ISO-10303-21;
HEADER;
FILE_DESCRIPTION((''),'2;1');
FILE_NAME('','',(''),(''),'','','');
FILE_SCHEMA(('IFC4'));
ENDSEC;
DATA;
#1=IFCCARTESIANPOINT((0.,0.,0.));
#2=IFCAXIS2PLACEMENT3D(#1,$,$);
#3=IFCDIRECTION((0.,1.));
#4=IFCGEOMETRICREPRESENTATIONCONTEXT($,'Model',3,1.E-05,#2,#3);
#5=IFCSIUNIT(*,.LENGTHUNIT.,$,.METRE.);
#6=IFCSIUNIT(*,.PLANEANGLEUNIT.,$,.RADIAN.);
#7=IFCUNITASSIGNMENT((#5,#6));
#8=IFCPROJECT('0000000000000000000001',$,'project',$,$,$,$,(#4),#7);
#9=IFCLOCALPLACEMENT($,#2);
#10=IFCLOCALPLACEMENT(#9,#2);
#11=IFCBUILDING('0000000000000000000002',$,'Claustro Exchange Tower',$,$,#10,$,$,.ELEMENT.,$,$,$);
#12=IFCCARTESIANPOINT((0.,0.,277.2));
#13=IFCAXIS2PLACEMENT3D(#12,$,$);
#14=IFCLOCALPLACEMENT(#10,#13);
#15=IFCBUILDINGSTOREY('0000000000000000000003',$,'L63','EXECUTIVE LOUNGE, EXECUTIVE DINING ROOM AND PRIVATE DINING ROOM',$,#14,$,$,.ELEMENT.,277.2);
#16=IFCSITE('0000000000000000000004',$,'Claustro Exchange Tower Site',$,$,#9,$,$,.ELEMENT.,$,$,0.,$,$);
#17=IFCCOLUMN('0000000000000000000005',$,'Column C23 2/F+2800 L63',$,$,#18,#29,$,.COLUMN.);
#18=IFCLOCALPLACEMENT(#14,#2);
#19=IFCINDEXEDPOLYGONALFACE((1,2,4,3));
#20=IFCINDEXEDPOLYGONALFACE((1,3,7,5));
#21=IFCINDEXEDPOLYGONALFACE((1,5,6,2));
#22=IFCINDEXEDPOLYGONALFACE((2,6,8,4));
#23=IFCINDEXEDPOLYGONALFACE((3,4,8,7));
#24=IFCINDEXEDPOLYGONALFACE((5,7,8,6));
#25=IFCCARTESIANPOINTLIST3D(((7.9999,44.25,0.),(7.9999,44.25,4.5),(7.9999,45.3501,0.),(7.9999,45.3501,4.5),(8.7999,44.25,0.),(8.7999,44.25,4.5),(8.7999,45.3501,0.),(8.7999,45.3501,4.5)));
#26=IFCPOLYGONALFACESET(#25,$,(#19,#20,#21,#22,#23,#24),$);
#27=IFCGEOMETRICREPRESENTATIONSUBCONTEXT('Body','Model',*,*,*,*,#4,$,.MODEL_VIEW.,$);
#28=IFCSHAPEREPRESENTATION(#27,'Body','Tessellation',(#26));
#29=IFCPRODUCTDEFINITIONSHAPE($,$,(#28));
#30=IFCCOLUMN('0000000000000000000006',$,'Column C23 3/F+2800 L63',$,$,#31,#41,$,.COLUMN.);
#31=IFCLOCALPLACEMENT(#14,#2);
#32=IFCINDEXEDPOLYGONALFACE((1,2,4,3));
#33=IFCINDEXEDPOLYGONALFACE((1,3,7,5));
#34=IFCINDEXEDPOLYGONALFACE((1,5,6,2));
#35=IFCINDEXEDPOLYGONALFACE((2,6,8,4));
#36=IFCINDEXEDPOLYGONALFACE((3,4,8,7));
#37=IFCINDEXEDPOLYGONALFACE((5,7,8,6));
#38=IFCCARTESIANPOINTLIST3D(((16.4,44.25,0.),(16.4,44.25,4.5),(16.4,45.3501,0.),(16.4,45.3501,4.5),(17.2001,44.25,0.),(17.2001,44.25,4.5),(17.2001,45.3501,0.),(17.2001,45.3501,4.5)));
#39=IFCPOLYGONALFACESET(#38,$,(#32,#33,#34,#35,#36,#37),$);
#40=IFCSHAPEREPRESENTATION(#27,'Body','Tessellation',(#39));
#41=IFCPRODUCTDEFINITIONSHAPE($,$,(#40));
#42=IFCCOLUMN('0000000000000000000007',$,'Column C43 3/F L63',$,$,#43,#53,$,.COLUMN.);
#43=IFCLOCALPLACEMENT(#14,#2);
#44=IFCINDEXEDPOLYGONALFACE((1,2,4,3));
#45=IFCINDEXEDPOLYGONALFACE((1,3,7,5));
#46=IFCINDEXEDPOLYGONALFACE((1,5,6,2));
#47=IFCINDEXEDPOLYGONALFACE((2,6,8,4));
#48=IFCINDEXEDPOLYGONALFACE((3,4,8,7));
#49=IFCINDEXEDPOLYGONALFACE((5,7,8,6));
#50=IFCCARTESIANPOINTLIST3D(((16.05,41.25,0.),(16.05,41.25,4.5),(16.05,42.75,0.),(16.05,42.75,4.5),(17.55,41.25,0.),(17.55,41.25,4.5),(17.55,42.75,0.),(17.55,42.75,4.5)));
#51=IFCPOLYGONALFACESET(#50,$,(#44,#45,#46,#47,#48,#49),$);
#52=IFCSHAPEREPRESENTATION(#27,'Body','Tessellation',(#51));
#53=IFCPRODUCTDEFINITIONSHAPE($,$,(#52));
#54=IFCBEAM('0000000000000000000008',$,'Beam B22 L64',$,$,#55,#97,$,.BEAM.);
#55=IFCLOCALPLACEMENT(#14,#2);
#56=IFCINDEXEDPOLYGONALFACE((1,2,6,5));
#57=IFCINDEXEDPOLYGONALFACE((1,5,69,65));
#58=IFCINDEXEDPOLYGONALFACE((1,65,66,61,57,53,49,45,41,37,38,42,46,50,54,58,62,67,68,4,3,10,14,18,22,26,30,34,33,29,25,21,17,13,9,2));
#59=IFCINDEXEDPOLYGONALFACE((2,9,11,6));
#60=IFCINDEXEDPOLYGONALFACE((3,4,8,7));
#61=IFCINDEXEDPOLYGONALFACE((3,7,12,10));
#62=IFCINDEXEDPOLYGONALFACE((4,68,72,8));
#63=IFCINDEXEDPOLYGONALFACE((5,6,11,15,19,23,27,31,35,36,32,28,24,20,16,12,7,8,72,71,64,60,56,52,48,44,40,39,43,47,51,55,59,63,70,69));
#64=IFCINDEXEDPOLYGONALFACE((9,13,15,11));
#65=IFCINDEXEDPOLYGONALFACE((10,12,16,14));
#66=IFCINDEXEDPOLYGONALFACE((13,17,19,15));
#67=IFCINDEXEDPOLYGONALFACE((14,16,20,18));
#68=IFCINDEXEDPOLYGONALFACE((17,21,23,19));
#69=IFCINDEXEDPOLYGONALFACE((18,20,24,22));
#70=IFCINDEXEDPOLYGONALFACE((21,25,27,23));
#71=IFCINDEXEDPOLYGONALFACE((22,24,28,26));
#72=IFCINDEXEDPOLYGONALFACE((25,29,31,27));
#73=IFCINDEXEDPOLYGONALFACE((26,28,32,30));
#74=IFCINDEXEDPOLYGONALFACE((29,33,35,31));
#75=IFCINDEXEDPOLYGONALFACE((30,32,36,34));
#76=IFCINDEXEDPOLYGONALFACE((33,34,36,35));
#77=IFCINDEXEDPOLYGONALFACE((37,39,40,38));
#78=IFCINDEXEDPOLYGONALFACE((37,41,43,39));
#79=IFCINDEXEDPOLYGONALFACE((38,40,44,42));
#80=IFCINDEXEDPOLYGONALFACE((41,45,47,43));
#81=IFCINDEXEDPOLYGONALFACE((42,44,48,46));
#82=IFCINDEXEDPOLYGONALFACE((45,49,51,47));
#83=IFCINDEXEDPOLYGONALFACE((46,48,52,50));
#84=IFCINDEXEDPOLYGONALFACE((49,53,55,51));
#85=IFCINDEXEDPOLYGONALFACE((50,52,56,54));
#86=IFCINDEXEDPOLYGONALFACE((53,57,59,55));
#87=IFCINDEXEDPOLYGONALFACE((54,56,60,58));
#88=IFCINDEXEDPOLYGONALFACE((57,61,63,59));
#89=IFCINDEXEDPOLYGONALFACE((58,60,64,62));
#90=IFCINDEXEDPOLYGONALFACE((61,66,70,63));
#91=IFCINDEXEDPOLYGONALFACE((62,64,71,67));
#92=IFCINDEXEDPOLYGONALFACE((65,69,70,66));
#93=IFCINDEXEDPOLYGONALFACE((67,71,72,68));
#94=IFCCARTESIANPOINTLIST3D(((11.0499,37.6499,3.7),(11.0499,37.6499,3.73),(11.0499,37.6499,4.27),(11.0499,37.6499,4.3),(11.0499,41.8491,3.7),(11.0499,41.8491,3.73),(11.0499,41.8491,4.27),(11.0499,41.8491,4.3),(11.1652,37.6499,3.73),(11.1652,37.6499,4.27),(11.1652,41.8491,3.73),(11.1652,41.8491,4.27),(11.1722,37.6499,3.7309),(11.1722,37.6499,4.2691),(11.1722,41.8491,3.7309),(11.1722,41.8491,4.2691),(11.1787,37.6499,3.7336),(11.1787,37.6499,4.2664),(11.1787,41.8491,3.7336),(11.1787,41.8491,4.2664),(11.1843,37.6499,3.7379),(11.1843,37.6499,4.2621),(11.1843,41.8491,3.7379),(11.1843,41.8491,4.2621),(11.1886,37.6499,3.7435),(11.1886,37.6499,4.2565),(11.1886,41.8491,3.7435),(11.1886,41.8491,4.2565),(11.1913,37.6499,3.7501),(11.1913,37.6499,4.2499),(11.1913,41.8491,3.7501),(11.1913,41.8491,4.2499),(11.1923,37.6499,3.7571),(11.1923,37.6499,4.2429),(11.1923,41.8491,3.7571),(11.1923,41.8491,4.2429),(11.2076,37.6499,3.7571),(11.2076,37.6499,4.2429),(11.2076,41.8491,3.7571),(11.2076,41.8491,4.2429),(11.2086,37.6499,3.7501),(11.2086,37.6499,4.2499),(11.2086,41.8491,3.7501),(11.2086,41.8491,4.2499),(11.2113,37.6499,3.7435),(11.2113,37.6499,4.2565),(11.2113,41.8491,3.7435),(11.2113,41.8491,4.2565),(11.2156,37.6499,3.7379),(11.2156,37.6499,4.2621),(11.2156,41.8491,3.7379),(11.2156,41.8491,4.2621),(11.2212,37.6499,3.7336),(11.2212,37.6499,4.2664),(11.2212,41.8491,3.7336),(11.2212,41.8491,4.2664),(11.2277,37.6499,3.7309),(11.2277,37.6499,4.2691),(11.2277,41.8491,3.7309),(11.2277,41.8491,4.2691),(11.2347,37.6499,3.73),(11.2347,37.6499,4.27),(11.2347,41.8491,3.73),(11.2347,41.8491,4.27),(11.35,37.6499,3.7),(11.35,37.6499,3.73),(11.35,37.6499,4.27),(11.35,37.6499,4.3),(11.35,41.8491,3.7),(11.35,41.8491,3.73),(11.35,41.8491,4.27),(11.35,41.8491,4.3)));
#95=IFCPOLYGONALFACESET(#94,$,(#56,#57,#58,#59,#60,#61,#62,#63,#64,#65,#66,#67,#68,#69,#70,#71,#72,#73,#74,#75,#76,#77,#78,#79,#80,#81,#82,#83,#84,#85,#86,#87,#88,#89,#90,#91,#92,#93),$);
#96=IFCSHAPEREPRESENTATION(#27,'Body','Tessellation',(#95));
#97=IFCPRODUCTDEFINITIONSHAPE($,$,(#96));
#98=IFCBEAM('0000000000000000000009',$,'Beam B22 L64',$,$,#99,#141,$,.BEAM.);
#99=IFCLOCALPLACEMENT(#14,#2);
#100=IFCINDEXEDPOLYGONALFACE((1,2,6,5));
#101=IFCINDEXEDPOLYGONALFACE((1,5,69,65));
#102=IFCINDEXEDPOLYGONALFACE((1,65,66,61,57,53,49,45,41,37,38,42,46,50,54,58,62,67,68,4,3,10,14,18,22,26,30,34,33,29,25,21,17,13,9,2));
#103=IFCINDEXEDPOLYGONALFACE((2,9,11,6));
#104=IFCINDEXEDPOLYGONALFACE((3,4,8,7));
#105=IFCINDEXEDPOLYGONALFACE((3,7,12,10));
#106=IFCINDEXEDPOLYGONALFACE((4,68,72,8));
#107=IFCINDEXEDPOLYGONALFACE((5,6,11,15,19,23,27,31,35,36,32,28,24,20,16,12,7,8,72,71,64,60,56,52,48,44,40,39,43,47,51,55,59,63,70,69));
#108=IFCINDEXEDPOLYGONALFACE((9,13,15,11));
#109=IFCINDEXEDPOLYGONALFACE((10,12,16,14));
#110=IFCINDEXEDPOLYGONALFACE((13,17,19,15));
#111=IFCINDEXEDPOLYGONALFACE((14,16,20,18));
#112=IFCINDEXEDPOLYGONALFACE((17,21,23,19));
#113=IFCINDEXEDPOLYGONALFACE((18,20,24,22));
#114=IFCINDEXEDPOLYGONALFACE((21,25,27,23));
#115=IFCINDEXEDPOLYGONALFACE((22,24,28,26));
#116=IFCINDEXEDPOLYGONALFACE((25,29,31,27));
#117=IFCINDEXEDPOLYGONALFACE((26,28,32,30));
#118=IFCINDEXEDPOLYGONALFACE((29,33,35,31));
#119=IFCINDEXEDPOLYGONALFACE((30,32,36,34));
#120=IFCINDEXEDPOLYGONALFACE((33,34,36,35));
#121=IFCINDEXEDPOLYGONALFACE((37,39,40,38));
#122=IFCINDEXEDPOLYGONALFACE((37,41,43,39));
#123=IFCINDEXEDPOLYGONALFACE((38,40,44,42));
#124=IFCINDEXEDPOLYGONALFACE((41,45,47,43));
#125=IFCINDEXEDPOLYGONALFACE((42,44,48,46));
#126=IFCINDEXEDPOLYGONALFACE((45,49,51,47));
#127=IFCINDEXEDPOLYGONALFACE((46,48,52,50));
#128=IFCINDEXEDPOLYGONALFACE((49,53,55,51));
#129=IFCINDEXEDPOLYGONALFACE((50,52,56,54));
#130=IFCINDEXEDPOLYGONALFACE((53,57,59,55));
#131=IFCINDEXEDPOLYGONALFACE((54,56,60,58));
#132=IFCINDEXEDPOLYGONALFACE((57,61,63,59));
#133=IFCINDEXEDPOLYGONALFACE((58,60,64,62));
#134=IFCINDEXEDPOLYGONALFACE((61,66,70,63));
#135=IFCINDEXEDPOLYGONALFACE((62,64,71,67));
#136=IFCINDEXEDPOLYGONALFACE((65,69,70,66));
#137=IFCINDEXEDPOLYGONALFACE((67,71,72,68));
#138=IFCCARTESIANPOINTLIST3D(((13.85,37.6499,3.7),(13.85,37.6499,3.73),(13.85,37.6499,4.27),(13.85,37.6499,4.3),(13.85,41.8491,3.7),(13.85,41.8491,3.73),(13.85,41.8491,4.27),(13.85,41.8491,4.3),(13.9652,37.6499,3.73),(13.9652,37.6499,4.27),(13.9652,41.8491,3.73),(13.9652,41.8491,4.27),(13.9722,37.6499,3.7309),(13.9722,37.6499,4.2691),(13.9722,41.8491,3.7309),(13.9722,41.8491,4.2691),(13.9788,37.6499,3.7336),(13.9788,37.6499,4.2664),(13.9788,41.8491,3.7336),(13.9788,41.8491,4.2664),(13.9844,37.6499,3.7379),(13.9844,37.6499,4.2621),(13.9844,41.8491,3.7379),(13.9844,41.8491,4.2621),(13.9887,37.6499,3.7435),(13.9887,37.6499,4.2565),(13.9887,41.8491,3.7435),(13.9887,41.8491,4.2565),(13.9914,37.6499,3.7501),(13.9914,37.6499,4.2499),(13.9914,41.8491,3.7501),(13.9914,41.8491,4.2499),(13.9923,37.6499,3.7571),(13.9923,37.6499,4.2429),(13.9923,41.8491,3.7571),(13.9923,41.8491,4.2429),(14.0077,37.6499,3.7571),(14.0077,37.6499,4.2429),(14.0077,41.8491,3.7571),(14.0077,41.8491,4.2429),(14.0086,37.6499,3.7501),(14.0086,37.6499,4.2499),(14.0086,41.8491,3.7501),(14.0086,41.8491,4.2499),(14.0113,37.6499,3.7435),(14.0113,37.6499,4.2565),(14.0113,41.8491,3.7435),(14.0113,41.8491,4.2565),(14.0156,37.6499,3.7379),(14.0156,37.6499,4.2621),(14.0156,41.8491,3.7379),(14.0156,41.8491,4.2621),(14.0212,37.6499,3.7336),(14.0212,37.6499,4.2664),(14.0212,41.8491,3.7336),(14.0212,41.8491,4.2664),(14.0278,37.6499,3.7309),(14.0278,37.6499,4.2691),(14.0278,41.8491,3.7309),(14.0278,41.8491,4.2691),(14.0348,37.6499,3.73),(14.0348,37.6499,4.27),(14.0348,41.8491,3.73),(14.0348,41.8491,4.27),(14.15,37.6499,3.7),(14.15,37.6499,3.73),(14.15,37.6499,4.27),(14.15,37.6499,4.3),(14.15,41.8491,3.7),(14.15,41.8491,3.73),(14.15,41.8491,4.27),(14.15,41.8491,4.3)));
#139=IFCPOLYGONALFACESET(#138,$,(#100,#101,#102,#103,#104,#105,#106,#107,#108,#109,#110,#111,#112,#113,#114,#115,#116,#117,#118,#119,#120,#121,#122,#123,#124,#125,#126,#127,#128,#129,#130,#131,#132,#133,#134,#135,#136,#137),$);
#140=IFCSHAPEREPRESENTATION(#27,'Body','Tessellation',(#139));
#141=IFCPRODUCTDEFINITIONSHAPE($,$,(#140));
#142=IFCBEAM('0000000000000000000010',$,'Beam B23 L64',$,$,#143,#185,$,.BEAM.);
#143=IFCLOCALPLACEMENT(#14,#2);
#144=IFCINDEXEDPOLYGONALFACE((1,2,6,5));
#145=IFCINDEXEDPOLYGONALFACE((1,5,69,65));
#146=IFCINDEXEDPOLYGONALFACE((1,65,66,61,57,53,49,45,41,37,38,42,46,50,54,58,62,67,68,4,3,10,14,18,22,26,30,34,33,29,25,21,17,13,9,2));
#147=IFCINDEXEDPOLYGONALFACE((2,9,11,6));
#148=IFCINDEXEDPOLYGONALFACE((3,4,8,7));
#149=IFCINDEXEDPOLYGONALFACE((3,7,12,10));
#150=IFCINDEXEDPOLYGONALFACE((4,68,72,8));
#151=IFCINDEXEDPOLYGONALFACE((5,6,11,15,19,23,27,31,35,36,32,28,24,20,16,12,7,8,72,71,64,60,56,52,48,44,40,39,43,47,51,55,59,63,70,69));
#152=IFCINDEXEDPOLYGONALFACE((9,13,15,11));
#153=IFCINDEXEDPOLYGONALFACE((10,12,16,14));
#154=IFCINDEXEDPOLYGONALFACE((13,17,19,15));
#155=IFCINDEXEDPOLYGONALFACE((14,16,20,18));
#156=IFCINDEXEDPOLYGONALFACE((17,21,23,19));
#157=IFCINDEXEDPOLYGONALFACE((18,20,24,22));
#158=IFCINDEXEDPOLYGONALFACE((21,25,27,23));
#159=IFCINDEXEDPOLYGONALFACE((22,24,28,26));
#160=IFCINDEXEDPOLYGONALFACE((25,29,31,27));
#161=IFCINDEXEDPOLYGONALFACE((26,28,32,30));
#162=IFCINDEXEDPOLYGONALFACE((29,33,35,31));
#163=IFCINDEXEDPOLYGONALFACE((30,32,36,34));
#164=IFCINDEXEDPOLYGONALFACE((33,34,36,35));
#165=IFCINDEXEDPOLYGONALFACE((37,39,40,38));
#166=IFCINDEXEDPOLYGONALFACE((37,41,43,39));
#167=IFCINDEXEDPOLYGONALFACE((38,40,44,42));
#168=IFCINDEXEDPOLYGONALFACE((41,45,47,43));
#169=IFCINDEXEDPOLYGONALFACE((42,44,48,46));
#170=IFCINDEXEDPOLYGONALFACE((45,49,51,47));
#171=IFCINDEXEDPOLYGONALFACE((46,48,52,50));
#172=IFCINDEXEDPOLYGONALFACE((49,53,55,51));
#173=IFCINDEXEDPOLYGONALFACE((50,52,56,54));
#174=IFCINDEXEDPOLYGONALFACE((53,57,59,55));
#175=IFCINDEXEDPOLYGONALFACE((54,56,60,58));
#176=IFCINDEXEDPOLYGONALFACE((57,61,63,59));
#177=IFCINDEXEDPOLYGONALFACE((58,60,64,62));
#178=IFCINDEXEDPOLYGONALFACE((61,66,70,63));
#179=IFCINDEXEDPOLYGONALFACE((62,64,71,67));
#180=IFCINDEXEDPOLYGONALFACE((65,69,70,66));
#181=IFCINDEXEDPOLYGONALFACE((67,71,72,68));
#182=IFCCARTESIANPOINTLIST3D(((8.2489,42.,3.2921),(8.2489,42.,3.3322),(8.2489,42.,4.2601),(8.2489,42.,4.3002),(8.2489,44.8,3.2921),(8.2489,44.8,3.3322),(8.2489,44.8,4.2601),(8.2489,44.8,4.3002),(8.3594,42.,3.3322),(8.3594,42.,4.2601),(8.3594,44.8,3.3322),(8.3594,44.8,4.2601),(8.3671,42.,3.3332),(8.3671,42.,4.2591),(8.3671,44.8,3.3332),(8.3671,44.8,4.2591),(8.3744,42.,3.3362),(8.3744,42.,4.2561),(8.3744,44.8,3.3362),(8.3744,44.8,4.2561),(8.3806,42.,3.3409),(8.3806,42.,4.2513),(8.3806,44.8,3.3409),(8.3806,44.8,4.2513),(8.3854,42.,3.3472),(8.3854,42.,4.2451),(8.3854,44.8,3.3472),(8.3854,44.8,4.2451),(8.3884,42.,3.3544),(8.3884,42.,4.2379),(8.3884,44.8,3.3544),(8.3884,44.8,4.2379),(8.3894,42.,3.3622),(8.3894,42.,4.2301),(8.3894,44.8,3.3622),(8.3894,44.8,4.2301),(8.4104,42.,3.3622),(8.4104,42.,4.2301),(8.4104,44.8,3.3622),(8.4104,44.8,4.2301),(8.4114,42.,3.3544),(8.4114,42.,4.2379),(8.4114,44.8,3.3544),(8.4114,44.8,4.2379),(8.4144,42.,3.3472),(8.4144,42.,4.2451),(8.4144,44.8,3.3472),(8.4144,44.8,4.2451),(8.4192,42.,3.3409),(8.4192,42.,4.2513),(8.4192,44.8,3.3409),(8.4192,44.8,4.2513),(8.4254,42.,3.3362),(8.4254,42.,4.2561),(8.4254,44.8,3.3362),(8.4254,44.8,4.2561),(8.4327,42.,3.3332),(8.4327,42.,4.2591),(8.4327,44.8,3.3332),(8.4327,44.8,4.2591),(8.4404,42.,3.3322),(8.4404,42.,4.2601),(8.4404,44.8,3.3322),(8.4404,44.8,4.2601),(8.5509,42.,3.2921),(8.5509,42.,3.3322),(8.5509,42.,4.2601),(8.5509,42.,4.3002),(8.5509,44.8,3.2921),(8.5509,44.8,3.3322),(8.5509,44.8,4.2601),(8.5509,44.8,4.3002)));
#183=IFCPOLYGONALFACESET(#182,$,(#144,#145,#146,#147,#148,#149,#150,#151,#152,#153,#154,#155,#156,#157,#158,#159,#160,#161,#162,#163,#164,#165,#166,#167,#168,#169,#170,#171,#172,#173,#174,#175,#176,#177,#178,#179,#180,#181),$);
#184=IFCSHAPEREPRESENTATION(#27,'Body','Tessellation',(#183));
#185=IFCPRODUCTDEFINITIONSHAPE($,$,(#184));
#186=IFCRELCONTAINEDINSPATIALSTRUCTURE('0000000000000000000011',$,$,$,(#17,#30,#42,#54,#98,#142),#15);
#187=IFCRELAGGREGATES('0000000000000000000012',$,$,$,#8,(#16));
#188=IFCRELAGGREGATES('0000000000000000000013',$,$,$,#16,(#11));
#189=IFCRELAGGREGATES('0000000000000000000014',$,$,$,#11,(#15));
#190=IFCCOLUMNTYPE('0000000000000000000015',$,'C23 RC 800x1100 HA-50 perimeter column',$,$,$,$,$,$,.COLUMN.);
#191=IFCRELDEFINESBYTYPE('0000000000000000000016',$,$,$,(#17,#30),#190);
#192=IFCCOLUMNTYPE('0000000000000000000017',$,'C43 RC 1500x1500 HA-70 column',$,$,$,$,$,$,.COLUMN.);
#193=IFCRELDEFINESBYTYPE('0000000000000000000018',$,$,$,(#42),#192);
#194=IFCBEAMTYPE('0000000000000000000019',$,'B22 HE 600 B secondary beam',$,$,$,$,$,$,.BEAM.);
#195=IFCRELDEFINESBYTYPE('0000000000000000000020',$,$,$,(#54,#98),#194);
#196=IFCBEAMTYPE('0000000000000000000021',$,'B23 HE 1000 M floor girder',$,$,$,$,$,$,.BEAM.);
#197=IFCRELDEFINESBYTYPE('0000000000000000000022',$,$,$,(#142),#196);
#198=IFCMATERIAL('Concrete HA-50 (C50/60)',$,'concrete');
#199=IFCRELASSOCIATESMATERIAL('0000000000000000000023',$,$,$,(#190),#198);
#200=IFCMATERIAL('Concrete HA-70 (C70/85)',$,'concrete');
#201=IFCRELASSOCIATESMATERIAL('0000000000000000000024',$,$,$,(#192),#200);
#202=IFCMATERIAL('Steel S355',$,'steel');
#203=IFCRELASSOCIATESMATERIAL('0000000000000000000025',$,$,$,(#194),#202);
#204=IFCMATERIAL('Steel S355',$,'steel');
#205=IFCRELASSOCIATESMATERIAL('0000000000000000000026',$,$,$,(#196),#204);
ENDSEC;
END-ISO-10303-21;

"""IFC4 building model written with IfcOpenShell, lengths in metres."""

from ifc_helpers import new_model, si_unit, direction, frame, origin, origin_2d, place, context, subcontext, project, spatial, rectangle, i_section, extrude, material, material_profile, profile_set, type_object, element, save


model = new_model("IFC4")

# Units and contexts
model_context = context("Model", 3, precision=1e-05, world=origin(), true_north=direction((0.0, 1.0)))
body_context = subcontext(model_context, "Body", "Model", "MODEL_VIEW")
ifc_project = project(units=[si_unit("LENGTHUNIT", "METRE"), si_unit("PLANEANGLEUNIT", "RADIAN")], contexts=[model_context])

# Site, building, storey
site_placement = place(None, origin())
site = spatial("IfcSite", under=ifc_project, at=site_placement, Name="Claustro Exchange Tower Site", CompositionType="ELEMENT", RefElevation=0.0)
building_placement = place(site_placement, origin())
building = spatial("IfcBuilding", under=site, at=building_placement, Name="Claustro Exchange Tower", CompositionType="ELEMENT")
storey_placement = place(building_placement, frame((0.0, 0.0, 277.2)))
storey = spatial("IfcBuildingStorey", under=building, at=storey_placement, Name="L63", Description="EXECUTIVE LOUNGE, EXECUTIVE DINING ROOM AND PRIVATE DINING ROOM", CompositionType="ELEMENT", Elevation=277.2)

# Columns
ifc_material_1 = material(Name="Concrete HA-50 (C50/60)", Category="concrete")
ifc_material_profile_1 = material_profile(ifc_material_1, rectangle(XDim=0.8, YDim=1.1001, at=origin_2d()), Name="RC 800x1100")
ifc_profile_set_1 = profile_set([ifc_material_profile_1], Name="Concrete HA-50 (C50/60)")
column_type_1 = type_object("IfcColumnType", Name="C23 RC 800x1100 HA-50 perimeter column", PredefinedType="COLUMN", material=ifc_profile_set_1)
for number, where, z_axis, x_axis, name in (
    (1, (8.3999, 44.8, 0.0), (0.0, 0.0, 1.0), (1.0, 0.0, 0.0), "Column C23 2/F+2800 L63"),
    (2, (16.8, 44.8, 0.0), (0.0, 0.0, 1.0), (1.0, 0.0, 0.0), "Column C23 3/F+2800 L63"),
):
    element("IfcColumn", number, at=place(storey_placement, frame(where, z_axis=z_axis, x_axis=x_axis)), inside=storey, type_object=column_type_1, Name=name, PredefinedType="COLUMN", context=body_context, shape_type="SweptSolid", body=[
        extrude(rectangle(XDim=0.8, YDim=1.1001, at=origin_2d()), origin(), (0.0, 0.0, 1.0), 4.5),
    ])
ifc_material_2 = material(Name="Concrete HA-70 (C70/85)", Category="concrete")
ifc_material_profile_2 = material_profile(ifc_material_2, rectangle(XDim=1.5, YDim=1.5, at=origin_2d()), Name="RC 1500x1500")
ifc_profile_set_2 = profile_set([ifc_material_profile_2], Name="Concrete HA-70 (C70/85)")
column_type_2 = type_object("IfcColumnType", Name="C43 RC 1500x1500 HA-70 column", PredefinedType="COLUMN", material=ifc_profile_set_2)
column_placement = place(storey_placement, frame((16.8, 42.0, 0.0), z_axis=(0.0, 0.0, 1.0), x_axis=(1.0, 0.0, 0.0)))
element("IfcColumn", 3, at=column_placement, inside=storey, type_object=column_type_2, Name="Column C43 3/F L63", PredefinedType="COLUMN", context=body_context, shape_type="SweptSolid", body=[
    extrude(rectangle(XDim=1.5, YDim=1.5, at=origin_2d()), origin(), (0.0, 0.0, 1.0), 4.5),
])

# Beams
ifc_material_3 = material(Name="Steel S355", Category="steel")
ifc_material_profile_3 = material_profile(ifc_material_3, i_section(OverallWidth=0.3, OverallDepth=0.6001, WebThickness=0.0154, FlangeThickness=0.03, FilletRadius=0.0271, at=origin_2d()), Name="HE 600 B")
ifc_profile_set_3 = profile_set([ifc_material_profile_3], Name="Steel S355")
beam_type_1 = type_object("IfcBeamType", Name="B22 HE 600 B secondary beam", PredefinedType="BEAM", material=ifc_profile_set_3)
for number, where, z_axis, x_axis, name in (
    (4, (11.2, 37.6499, 4.0), (0.0, 1.0, 0.0), (-1.0, 0.0, 0.0), "Beam B22 L64"),
    (5, (14.0, 37.6499, 4.0), (0.0, 1.0, 0.0), (-1.0, 0.0, 0.0), "Beam B22 L64"),
):
    element("IfcBeam", number, at=place(storey_placement, frame(where, z_axis=z_axis, x_axis=x_axis)), inside=storey, type_object=beam_type_1, Name=name, PredefinedType="BEAM", context=body_context, shape_type="SweptSolid", body=[
        extrude(i_section(OverallWidth=0.3, OverallDepth=0.6001, WebThickness=0.0154, FlangeThickness=0.03, FilletRadius=0.0271, at=origin_2d()), origin(), (0.0, 0.0, 1.0), 4.1992),
    ])
ifc_material_4 = material(Name="Steel S355", Category="steel")
ifc_material_profile_4 = material_profile(ifc_material_4, i_section(OverallWidth=0.302, OverallDepth=1.0081, WebThickness=0.021, FlangeThickness=0.04, FilletRadius=0.03, at=origin_2d()), Name="HE 1000 M")
ifc_profile_set_4 = profile_set([ifc_material_profile_4], Name="Steel S355")
beam_type_2 = type_object("IfcBeamType", Name="B23 HE 1000 M floor girder", PredefinedType="BEAM", material=ifc_profile_set_4)
for number, where, z_axis, x_axis, name in (
    (6, (8.3999, 42.0, 3.7961), (0.0, 1.0, 0.0), (-1.0, 0.0, 0.0), "Beam B23 L64"),
):
    element("IfcBeam", number, at=place(storey_placement, frame(where, z_axis=z_axis, x_axis=x_axis)), inside=storey, type_object=beam_type_2, Name=name, PredefinedType="BEAM", context=body_context, shape_type="SweptSolid", body=[
        extrude(i_section(OverallWidth=0.302, OverallDepth=1.0081, WebThickness=0.021, FlangeThickness=0.04, FilletRadius=0.03, at=origin_2d()), origin(), (0.0, 0.0, 1.0), 2.8),
    ])

save(model, "model.ifc")
